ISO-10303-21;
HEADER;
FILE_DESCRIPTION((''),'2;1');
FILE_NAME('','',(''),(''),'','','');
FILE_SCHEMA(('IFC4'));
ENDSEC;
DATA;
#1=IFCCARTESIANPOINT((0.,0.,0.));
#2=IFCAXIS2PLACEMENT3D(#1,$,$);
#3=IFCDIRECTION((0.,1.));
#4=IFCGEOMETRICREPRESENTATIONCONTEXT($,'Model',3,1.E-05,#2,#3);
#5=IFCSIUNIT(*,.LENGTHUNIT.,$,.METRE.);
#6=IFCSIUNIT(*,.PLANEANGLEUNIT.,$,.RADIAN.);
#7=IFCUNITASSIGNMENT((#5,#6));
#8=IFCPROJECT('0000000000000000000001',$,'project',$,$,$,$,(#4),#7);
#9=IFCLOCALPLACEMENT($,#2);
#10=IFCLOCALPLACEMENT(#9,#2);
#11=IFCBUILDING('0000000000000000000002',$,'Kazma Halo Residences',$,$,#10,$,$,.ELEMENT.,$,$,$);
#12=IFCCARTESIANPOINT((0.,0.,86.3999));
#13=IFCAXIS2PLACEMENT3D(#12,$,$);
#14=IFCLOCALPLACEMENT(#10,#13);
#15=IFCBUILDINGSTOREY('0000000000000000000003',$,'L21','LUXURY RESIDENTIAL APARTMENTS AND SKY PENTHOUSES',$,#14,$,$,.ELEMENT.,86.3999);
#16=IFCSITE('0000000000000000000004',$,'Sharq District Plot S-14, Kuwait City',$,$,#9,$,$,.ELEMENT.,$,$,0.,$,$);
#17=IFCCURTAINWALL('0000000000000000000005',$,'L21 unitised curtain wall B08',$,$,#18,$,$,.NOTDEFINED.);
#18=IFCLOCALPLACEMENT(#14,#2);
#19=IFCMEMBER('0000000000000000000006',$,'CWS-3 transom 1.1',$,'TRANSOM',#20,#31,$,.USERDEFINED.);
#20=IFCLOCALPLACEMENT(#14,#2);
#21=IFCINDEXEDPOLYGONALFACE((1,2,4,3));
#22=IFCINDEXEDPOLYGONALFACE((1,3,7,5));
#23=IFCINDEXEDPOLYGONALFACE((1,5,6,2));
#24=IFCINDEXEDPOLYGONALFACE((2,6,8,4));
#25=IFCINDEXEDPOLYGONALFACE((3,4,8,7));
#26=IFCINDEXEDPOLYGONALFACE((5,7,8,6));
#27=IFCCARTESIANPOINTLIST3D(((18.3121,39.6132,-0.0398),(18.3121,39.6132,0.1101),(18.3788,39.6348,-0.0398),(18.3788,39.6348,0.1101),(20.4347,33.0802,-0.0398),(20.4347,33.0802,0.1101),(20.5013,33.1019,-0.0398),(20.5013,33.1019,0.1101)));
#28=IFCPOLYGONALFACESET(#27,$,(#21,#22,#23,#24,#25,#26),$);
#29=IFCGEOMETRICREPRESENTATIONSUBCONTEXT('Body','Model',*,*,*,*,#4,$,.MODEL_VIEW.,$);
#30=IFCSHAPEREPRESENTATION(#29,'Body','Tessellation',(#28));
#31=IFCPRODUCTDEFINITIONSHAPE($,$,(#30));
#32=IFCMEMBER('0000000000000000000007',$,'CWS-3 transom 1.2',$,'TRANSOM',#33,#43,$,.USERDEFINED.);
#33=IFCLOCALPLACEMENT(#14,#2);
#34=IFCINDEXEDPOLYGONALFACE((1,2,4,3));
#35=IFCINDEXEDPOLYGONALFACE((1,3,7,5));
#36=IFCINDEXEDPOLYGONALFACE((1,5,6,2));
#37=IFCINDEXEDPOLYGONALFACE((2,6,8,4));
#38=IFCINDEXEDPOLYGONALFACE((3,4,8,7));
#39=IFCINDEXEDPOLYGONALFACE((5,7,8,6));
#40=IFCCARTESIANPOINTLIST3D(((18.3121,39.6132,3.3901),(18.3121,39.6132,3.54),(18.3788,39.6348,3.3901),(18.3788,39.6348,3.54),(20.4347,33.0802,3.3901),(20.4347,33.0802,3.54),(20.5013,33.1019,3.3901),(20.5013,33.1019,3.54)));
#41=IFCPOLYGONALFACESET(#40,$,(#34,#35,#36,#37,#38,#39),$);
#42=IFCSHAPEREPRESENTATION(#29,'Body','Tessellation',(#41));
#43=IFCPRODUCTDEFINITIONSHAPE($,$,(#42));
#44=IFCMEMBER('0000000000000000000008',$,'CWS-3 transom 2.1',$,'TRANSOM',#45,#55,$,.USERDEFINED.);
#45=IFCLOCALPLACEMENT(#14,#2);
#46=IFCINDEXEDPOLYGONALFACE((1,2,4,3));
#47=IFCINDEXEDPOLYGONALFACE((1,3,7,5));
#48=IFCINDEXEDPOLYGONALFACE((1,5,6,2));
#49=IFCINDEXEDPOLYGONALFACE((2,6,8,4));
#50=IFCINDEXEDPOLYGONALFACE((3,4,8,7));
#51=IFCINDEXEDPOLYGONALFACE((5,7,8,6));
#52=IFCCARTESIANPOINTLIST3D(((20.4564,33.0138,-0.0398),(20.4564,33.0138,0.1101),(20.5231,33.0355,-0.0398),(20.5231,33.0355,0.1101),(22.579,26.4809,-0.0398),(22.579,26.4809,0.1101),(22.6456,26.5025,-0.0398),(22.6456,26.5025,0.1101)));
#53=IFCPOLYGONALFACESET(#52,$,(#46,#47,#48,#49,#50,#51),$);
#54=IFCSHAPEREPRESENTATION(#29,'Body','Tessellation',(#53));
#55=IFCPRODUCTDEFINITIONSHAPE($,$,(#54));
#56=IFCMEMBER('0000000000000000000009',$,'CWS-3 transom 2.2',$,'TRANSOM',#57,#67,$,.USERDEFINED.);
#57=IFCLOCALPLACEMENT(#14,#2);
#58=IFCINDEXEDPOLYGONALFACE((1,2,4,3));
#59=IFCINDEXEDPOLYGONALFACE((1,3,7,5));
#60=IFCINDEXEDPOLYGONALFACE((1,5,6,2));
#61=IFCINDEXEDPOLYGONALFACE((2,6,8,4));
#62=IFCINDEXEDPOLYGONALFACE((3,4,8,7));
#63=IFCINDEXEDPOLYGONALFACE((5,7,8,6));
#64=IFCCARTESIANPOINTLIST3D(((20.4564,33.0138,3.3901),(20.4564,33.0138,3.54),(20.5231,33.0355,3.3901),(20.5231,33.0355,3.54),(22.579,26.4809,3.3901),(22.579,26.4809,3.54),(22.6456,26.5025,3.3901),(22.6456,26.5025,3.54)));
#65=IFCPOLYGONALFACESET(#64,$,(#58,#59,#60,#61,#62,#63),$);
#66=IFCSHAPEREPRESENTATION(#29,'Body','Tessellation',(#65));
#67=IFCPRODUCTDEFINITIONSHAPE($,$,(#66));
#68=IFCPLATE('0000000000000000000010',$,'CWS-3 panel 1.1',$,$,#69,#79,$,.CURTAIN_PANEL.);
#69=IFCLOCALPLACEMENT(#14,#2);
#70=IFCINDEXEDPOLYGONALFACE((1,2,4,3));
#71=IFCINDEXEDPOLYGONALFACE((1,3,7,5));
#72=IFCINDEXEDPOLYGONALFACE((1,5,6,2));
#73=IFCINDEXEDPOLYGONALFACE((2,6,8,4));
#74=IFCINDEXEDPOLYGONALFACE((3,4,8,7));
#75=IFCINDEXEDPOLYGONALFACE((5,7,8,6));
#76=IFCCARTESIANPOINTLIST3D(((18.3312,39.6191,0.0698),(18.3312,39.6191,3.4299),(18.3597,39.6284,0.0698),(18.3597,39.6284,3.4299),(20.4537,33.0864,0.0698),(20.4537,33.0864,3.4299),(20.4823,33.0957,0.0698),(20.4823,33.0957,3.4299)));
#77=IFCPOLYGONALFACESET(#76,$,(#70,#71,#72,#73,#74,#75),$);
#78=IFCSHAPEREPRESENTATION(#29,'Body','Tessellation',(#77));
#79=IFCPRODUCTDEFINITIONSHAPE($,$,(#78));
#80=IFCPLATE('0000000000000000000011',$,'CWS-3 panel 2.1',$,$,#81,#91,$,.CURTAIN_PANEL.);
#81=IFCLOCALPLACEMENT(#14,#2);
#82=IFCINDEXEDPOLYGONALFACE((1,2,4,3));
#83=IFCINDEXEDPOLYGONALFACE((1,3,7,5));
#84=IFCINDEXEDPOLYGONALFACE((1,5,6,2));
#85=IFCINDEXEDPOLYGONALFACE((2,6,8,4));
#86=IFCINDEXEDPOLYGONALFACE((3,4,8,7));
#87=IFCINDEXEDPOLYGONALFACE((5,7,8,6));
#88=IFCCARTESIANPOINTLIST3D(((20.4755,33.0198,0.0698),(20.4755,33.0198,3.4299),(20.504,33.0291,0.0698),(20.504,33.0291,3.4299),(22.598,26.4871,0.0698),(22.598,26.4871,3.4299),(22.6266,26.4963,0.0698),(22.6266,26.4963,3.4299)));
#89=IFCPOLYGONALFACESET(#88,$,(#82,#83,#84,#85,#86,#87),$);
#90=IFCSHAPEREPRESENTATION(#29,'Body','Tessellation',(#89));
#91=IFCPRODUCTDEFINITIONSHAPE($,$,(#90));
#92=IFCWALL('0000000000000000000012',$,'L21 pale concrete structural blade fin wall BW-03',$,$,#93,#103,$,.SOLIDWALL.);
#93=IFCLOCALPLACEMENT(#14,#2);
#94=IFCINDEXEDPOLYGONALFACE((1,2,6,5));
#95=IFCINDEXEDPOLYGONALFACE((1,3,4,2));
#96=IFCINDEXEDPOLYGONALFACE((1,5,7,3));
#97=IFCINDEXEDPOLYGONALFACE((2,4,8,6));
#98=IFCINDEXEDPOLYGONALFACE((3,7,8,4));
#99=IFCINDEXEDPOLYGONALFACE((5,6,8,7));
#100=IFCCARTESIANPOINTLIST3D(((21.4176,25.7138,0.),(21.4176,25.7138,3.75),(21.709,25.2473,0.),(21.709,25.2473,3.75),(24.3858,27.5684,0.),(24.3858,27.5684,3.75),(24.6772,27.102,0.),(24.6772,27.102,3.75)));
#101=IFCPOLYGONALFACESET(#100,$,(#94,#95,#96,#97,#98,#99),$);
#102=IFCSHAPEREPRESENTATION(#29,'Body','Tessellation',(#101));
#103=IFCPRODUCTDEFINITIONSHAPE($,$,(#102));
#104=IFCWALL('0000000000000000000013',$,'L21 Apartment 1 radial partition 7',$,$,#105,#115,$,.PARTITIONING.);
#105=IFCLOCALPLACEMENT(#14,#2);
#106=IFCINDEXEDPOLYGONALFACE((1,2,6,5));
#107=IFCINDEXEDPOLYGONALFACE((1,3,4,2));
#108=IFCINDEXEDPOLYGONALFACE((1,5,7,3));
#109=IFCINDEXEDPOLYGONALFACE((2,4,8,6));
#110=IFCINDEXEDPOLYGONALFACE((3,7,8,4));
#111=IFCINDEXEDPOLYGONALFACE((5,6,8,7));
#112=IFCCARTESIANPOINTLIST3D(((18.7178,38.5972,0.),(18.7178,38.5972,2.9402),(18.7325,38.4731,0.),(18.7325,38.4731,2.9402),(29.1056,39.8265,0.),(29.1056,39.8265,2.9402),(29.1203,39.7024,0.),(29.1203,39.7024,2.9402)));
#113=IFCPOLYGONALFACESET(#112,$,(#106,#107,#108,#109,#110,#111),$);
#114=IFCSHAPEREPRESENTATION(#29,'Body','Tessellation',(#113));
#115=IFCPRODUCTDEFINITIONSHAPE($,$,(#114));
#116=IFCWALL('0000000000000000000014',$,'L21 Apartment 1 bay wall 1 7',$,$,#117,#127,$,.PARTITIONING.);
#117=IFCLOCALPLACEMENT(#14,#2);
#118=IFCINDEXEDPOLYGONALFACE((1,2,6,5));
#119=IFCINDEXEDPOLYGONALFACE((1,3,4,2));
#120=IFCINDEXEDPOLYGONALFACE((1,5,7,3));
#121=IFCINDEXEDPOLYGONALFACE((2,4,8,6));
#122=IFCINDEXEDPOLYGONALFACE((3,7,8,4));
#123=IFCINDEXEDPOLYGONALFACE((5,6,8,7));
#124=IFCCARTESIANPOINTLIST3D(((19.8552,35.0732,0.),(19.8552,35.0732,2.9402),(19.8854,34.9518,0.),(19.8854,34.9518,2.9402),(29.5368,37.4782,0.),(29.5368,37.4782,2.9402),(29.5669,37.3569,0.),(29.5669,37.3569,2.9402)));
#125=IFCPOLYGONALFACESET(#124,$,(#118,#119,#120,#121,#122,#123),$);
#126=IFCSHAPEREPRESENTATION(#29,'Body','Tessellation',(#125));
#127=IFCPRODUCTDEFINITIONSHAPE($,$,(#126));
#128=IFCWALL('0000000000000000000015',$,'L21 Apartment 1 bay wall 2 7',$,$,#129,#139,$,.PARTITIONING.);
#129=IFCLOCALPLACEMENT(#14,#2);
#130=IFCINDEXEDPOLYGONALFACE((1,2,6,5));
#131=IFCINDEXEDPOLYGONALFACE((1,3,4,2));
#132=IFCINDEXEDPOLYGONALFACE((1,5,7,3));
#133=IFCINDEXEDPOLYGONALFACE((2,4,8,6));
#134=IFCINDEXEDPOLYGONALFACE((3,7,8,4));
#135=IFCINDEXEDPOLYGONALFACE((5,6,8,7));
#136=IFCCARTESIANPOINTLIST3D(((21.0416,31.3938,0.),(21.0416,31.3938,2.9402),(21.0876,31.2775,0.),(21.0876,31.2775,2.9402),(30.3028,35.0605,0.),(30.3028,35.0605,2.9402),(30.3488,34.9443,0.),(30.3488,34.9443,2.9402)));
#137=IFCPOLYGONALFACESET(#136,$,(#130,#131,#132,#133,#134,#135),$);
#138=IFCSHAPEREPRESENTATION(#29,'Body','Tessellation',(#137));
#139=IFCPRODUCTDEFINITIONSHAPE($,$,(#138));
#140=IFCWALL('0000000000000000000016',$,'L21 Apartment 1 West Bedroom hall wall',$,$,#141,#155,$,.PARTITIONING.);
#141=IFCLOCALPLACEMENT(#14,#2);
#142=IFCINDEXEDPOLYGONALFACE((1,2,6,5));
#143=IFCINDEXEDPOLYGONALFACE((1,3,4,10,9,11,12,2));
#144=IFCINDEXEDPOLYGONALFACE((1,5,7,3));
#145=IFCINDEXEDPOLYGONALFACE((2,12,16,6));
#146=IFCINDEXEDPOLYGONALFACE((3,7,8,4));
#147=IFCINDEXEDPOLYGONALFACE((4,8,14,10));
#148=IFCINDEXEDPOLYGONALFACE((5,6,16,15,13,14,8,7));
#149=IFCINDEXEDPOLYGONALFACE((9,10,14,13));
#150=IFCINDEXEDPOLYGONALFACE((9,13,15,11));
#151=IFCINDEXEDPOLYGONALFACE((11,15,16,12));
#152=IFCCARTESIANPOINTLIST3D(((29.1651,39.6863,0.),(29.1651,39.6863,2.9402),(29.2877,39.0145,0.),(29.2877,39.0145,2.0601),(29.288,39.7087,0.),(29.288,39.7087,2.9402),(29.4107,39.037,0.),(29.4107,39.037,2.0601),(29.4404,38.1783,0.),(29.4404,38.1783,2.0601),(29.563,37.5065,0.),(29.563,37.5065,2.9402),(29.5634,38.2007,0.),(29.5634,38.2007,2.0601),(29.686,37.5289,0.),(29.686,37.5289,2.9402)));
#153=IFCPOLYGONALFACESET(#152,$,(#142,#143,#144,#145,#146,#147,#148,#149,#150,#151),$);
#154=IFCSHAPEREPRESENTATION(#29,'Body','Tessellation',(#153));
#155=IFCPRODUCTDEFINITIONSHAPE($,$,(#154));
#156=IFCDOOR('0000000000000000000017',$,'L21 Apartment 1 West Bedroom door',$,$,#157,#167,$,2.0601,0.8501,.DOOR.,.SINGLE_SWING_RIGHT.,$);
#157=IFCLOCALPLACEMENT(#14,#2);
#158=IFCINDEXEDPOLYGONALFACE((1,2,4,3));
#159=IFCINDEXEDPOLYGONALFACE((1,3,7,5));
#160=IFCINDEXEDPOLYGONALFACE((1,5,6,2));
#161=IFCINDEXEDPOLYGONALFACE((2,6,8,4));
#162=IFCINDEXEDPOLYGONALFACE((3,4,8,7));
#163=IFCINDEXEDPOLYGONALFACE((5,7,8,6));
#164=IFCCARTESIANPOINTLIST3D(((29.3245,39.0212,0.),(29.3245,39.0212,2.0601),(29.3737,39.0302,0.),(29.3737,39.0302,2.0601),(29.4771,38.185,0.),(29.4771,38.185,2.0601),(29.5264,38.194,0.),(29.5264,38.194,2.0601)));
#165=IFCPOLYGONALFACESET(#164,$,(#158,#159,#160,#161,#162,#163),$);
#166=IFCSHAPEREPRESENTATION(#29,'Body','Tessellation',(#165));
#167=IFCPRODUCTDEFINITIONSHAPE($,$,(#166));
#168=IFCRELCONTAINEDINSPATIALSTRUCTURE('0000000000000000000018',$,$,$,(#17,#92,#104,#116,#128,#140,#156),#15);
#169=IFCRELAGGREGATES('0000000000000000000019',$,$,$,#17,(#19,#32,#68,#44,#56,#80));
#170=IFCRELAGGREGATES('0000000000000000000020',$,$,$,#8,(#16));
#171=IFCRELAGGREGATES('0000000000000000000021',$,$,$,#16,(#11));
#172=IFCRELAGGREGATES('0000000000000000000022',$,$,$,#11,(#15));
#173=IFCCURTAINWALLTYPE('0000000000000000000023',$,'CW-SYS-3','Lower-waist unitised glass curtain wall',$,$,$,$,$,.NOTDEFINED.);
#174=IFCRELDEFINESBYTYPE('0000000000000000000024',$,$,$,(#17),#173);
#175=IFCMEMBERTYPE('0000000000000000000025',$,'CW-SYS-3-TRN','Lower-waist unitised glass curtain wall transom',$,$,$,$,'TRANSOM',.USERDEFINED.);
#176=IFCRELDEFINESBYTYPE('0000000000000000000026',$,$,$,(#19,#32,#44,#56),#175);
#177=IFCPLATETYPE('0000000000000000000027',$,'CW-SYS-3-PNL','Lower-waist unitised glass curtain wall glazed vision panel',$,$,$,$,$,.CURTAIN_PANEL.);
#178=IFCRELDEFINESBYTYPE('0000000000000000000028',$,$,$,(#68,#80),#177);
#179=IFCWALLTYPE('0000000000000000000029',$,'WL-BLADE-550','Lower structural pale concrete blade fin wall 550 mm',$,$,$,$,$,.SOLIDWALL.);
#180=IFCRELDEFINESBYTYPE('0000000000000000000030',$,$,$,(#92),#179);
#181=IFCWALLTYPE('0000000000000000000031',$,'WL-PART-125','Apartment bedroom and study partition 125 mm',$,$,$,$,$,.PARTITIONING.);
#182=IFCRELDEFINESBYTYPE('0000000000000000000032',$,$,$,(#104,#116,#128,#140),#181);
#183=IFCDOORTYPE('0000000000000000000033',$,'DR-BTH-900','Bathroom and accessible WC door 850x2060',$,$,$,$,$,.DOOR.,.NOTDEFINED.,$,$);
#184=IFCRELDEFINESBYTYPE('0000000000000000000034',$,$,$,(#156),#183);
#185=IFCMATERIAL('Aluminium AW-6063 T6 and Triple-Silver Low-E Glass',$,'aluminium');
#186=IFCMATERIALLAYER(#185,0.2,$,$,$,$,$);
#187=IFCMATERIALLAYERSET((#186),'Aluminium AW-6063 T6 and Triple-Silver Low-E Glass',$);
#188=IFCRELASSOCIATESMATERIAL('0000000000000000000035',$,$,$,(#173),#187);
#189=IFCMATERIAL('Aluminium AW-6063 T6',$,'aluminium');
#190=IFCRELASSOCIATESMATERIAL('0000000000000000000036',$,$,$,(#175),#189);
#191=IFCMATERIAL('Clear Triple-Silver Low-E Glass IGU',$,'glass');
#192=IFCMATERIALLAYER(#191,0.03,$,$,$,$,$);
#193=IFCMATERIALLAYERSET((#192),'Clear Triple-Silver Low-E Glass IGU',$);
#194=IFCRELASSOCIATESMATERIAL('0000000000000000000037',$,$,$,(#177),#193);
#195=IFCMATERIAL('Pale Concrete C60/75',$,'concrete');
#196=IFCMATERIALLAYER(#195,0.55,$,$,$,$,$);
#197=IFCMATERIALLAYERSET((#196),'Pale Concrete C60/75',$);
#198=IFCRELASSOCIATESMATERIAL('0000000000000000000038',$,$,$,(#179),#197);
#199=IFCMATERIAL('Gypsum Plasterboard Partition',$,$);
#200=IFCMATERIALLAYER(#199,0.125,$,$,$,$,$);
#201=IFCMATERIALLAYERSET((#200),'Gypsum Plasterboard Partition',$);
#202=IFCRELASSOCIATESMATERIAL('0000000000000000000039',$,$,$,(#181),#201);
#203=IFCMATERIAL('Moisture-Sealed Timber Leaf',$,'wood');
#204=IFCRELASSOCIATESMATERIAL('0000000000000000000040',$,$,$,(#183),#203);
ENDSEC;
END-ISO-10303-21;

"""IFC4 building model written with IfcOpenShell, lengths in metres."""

from ifc_helpers import new_model, si_unit, direction, frame, frame_2d, origin, origin_2d, place, context, subcontext, project, spatial, rectangle, extrude, material, layer, layer_set, material_profile, profile_set, type_object, element, fill, aggregate, save


model = new_model("IFC4")

# Units and contexts
model_context = context("Model", 3, precision=1e-05, world=origin(), true_north=direction((0.0, 1.0)))
body_context = subcontext(model_context, "Body", "Model", "MODEL_VIEW")
ifc_project = project(units=[si_unit("LENGTHUNIT", "METRE"), si_unit("PLANEANGLEUNIT", "RADIAN")], contexts=[model_context])

# Site, building, storey
site_placement = place(None, origin())
site = spatial("IfcSite", under=ifc_project, at=site_placement, Name="Sharq District Plot S-14, Kuwait City", CompositionType="ELEMENT", RefElevation=0.0)
building_placement = place(site_placement, origin())
building = spatial("IfcBuilding", under=site, at=building_placement, Name="Kazma Halo Residences", CompositionType="ELEMENT")
storey_placement = place(building_placement, frame((0.0, 0.0, 86.3999)))
storey = spatial("IfcBuildingStorey", under=building, at=storey_placement, Name="L21", Description="LUXURY RESIDENTIAL APARTMENTS AND SKY PENTHOUSES", CompositionType="ELEMENT", Elevation=86.3999)

# Curtain wall, members, plates
ifc_material_1 = material(Name="Aluminium AW-6063 T6 and Triple-Silver Low-E Glass", Category="aluminium")
ifc_layer_1 = layer(ifc_material_1, 0.2)
ifc_layer_set_1 = layer_set([ifc_layer_1], Name="Aluminium AW-6063 T6 and Triple-Silver Low-E Glass")
curtain_wall_type = type_object("IfcCurtainWallType", Name="CW-SYS-3", Description="Lower-waist unitised glass curtain wall", PredefinedType="NOTDEFINED", material=ifc_layer_set_1)
curtain_wall_placement = place(storey_placement, origin())
curtain_wall = element("IfcCurtainWall", 1, at=curtain_wall_placement, inside=storey, type_object=curtain_wall_type, Name="L21 unitised curtain wall B08", PredefinedType="NOTDEFINED")
ifc_material_2 = material(Name="Aluminium AW-6063 T6", Category="aluminium")
ifc_material_profile_1 = material_profile(ifc_material_2, rectangle(XDim=0.0701, YDim=0.1499, at=origin_2d()), Name="CWT-70x150")
ifc_profile_set_1 = profile_set([ifc_material_profile_1], Name="Aluminium AW-6063 T6")
member_type_1 = type_object("IfcMemberType", Name="CW-SYS-3-TRN", Description="Lower-waist unitised glass curtain wall transom", ElementType="TRANSOM", PredefinedType="USERDEFINED", material=ifc_profile_set_1)
member_1_placement = place(storey_placement, frame((18.3455, 39.624, 0.0352), z_axis=(0.309, -0.951062, 0.0), x_axis=(0.951062, 0.309, 0.0)))
member_1 = element("IfcMember", 2, at=member_1_placement, type_object=member_type_1, Name="CWS-3 transom 1.1", ObjectType="TRANSOM", PredefinedType="USERDEFINED", context=body_context, shape_type="SweptSolid", body=[
    extrude(rectangle(XDim=0.0701, YDim=0.1499, at=origin_2d()), origin(), (0.0, 0.0, 1.0), 6.8691),
])
member_2_placement = place(storey_placement, frame((18.3455, 39.624, 3.4651), z_axis=(0.309, -0.951062, 0.0), x_axis=(0.951062, 0.309, 0.0)))
member_2 = element("IfcMember", 3, at=member_2_placement, type_object=member_type_1, Name="CWS-3 transom 1.2", ObjectType="TRANSOM", PredefinedType="USERDEFINED", context=body_context, shape_type="SweptSolid", body=[
    extrude(rectangle(XDim=0.0701, YDim=0.1499, at=origin_2d()), origin(), (0.0, 0.0, 1.0), 6.8691),
])
member_3_placement = place(storey_placement, frame((20.4897, 33.0247, 0.0352), z_axis=(0.309, -0.951062, 0.0), x_axis=(0.951062, 0.309, 0.0)))
member_3 = element("IfcMember", 4, at=member_3_placement, type_object=member_type_1, Name="CWS-3 transom 2.1", ObjectType="TRANSOM", PredefinedType="USERDEFINED", context=body_context, shape_type="SweptSolid", body=[
    extrude(rectangle(XDim=0.0701, YDim=0.1499, at=origin_2d()), origin(), (0.0, 0.0, 1.0), 6.8691),
])
member_4_placement = place(storey_placement, frame((20.4897, 33.0247, 3.4651), z_axis=(0.309, -0.951062, 0.0), x_axis=(0.951062, 0.309, 0.0)))
member_4 = element("IfcMember", 5, at=member_4_placement, type_object=member_type_1, Name="CWS-3 transom 2.2", ObjectType="TRANSOM", PredefinedType="USERDEFINED", context=body_context, shape_type="SweptSolid", body=[
    extrude(rectangle(XDim=0.0701, YDim=0.1499, at=origin_2d()), origin(), (0.0, 0.0, 1.0), 6.8691),
])
ifc_material_3 = material(Name="Clear Triple-Silver Low-E Glass IGU", Category="glass")
ifc_layer_2 = layer(ifc_material_3, 0.03)
ifc_layer_set_2 = layer_set([ifc_layer_2], Name="Clear Triple-Silver Low-E Glass IGU")
plate_type = type_object("IfcPlateType", Name="CW-SYS-3-PNL", Description="Lower-waist unitised glass curtain wall glazed vision panel", PredefinedType="CURTAIN_PANEL", material=ifc_layer_set_2)
plate_1_placement = place(storey_placement, frame((19.4067, 36.3574, 0.0698), z_axis=(0.0, 0.0, 1.0), x_axis=(0.309013, -0.951058, 0.0)))
plate_1 = element("IfcPlate", 6, at=plate_1_placement, type_object=plate_type, Name="CWS-3 panel 1.1", PredefinedType="CURTAIN_PANEL", context=body_context, shape_type="SweptSolid", body=[
    extrude(rectangle(XDim=6.8689, YDim=0.03, at=origin_2d()), origin(), (0.0, 0.0, 1.0), 3.3601),
])
plate_2_placement = place(storey_placement, frame((21.551, 29.7581, 0.0698), z_axis=(0.0, 0.0, 1.0), x_axis=(0.309013, -0.951058, 0.0)))
plate_2 = element("IfcPlate", 7, at=plate_2_placement, type_object=plate_type, Name="CWS-3 panel 2.1", PredefinedType="CURTAIN_PANEL", context=body_context, shape_type="SweptSolid", body=[
    extrude(rectangle(XDim=6.8689, YDim=0.03, at=origin_2d()), origin(), (0.0, 0.0, 1.0), 3.3601),
])
aggregate(curtain_wall, [member_1, member_2, plate_1, member_3, member_4, plate_2])

# Walls
ifc_material_4 = material(Name="Pale Concrete C60/75", Category="concrete")
ifc_layer_3 = layer(ifc_material_4, 0.55)
ifc_layer_set_3 = layer_set([ifc_layer_3], Name="Pale Concrete C60/75")
wall_type_1 = type_object("IfcWallType", Name="WL-BLADE-550", Description="Lower structural pale concrete blade fin wall 550 mm", PredefinedType="SOLIDWALL", material=ifc_layer_set_3)
wall_1_placement = place(storey_placement, frame((24.5315, 27.3352, 0.0), z_axis=(0.0, 0.0, 1.0), x_axis=(-0.848053, -0.529911, 0.0)))
element("IfcWall", 8, at=wall_1_placement, inside=storey, type_object=wall_type_1, Name="L21 pale concrete structural blade fin wall BW-03", PredefinedType="SOLIDWALL", context=body_context, shape_type="SweptSolid", body=[
    extrude(rectangle(XDim=3.5, YDim=0.55, at=frame_2d((1.75, 0.0))), origin(), (0.0, 0.0, 1.0), 3.75),
])
ifc_material_5 = material(Name="Gypsum Plasterboard Partition")
ifc_layer_4 = layer(ifc_material_5, 0.125)
ifc_layer_set_4 = layer_set([ifc_layer_4], Name="Gypsum Plasterboard Partition")
wall_type_2 = type_object("IfcWallType", Name="WL-PART-125", Description="Apartment bedroom and study partition 125 mm", PredefinedType="PARTITIONING", material=ifc_layer_set_4)
wall_2_placement = place(storey_placement, frame((29.1128, 39.7644, 0.0), z_axis=(0.0, 0.0, 1.0), x_axis=(-0.993071, -0.117517, 0.0)))
element("IfcWall", 9, at=wall_2_placement, inside=storey, type_object=wall_type_2, Name="L21 Apartment 1 radial partition 7", PredefinedType="PARTITIONING", context=body_context, shape_type="SweptSolid", body=[
    extrude(rectangle(XDim=10.4602, YDim=0.125, at=frame_2d((5.23, 0.0))), origin(), (0.0, 0.0, 1.0), 2.9402),
])
wall_3_placement = place(storey_placement, frame((29.5518, 37.4175, 0.0), z_axis=(0.0, 0.0, 1.0), x_axis=(-0.970504, -0.241084, 0.0)))
element("IfcWall", 10, at=wall_3_placement, inside=storey, type_object=wall_type_2, Name="L21 Apartment 1 bay wall 1 7", PredefinedType="PARTITIONING", context=body_context, shape_type="SweptSolid", body=[
    extrude(rectangle(XDim=9.9758, YDim=0.125, at=frame_2d((4.9878, 0.0))), origin(), (0.0, 0.0, 1.0), 2.9402),
])
wall_4_placement = place(storey_placement, frame((30.3259, 35.0024, 0.0), z_axis=(0.0, 0.0, 1.0), x_axis=(-0.929778, -0.368122, 0.0)))
element("IfcWall", 11, at=wall_4_placement, inside=storey, type_object=wall_type_2, Name="L21 Apartment 1 bay wall 2 7", PredefinedType="PARTITIONING", context=body_context, shape_type="SweptSolid", body=[
    extrude(rectangle(XDim=9.9607, YDim=0.125, at=frame_2d((4.9805, 0.0))), origin(), (0.0, 0.0, 1.0), 2.9402),
])

# Wall, opening, door
wall_5_placement = place(storey_placement, frame((29.2266, 39.6975, 0.0), z_axis=(0.0, 0.0, 1.0), x_axis=(0.179603, -0.983739, 0.0)))
wall_5 = element("IfcWall", 12, at=wall_5_placement, inside=storey, type_object=wall_type_2, Name="L21 Apartment 1 West Bedroom hall wall", PredefinedType="PARTITIONING", context=body_context, shape_type="SweptSolid", body=[
    extrude(rectangle(XDim=2.2158, YDim=0.125, at=frame_2d((1.1079, 0.0))), origin(), (0.0, 0.0, 1.0), 2.9402),
])
opening_1_placement = place(wall_5_placement, frame((0.6829, 0.0, 0.0)))
opening_1 = element("IfcOpeningElement", 13, at=opening_1_placement, cuts=wall_5, PredefinedType="OPENING", context=body_context, shape_type="SweptSolid", body=[
    extrude(rectangle(XDim=0.8501, YDim=2.0601, at=frame_2d((0.425, 1.03))), frame((0.0, 0.0725, 0.0), z_axis=(0.0, -1.0, 0.0), x_axis=(1.0, 0.0, 0.0)), (0.0, 0.0, 1.0), 0.145),
])
ifc_material_6 = material(Name="Moisture-Sealed Timber Leaf", Category="wood")
door_type = type_object("IfcDoorType", Name="DR-BTH-900", Description="Bathroom and accessible WC door 850x2060", OperationType="NOTDEFINED", PredefinedType="DOOR", material=ifc_material_6)
door_1_placement = place(opening_1_placement, origin())
door_1 = element("IfcDoor", 14, at=door_1_placement, inside=storey, type_object=door_type, Name="L21 Apartment 1 West Bedroom door", OperationType="SINGLE_SWING_RIGHT", OverallHeight=2.0601, OverallWidth=0.8501, PredefinedType="DOOR", context=body_context, shape_type="SweptSolid", body=[
    extrude(rectangle(XDim=0.8501, YDim=2.0601, at=frame_2d((0.425, 1.03))), frame((0.0, 0.0249, 0.0), z_axis=(0.0, -1.0, 0.0), x_axis=(1.0, 0.0, 0.0)), (0.0, 0.0, 1.0), 0.05),
])
fill(opening_1, door_1)

save(model, "model.ifc")
